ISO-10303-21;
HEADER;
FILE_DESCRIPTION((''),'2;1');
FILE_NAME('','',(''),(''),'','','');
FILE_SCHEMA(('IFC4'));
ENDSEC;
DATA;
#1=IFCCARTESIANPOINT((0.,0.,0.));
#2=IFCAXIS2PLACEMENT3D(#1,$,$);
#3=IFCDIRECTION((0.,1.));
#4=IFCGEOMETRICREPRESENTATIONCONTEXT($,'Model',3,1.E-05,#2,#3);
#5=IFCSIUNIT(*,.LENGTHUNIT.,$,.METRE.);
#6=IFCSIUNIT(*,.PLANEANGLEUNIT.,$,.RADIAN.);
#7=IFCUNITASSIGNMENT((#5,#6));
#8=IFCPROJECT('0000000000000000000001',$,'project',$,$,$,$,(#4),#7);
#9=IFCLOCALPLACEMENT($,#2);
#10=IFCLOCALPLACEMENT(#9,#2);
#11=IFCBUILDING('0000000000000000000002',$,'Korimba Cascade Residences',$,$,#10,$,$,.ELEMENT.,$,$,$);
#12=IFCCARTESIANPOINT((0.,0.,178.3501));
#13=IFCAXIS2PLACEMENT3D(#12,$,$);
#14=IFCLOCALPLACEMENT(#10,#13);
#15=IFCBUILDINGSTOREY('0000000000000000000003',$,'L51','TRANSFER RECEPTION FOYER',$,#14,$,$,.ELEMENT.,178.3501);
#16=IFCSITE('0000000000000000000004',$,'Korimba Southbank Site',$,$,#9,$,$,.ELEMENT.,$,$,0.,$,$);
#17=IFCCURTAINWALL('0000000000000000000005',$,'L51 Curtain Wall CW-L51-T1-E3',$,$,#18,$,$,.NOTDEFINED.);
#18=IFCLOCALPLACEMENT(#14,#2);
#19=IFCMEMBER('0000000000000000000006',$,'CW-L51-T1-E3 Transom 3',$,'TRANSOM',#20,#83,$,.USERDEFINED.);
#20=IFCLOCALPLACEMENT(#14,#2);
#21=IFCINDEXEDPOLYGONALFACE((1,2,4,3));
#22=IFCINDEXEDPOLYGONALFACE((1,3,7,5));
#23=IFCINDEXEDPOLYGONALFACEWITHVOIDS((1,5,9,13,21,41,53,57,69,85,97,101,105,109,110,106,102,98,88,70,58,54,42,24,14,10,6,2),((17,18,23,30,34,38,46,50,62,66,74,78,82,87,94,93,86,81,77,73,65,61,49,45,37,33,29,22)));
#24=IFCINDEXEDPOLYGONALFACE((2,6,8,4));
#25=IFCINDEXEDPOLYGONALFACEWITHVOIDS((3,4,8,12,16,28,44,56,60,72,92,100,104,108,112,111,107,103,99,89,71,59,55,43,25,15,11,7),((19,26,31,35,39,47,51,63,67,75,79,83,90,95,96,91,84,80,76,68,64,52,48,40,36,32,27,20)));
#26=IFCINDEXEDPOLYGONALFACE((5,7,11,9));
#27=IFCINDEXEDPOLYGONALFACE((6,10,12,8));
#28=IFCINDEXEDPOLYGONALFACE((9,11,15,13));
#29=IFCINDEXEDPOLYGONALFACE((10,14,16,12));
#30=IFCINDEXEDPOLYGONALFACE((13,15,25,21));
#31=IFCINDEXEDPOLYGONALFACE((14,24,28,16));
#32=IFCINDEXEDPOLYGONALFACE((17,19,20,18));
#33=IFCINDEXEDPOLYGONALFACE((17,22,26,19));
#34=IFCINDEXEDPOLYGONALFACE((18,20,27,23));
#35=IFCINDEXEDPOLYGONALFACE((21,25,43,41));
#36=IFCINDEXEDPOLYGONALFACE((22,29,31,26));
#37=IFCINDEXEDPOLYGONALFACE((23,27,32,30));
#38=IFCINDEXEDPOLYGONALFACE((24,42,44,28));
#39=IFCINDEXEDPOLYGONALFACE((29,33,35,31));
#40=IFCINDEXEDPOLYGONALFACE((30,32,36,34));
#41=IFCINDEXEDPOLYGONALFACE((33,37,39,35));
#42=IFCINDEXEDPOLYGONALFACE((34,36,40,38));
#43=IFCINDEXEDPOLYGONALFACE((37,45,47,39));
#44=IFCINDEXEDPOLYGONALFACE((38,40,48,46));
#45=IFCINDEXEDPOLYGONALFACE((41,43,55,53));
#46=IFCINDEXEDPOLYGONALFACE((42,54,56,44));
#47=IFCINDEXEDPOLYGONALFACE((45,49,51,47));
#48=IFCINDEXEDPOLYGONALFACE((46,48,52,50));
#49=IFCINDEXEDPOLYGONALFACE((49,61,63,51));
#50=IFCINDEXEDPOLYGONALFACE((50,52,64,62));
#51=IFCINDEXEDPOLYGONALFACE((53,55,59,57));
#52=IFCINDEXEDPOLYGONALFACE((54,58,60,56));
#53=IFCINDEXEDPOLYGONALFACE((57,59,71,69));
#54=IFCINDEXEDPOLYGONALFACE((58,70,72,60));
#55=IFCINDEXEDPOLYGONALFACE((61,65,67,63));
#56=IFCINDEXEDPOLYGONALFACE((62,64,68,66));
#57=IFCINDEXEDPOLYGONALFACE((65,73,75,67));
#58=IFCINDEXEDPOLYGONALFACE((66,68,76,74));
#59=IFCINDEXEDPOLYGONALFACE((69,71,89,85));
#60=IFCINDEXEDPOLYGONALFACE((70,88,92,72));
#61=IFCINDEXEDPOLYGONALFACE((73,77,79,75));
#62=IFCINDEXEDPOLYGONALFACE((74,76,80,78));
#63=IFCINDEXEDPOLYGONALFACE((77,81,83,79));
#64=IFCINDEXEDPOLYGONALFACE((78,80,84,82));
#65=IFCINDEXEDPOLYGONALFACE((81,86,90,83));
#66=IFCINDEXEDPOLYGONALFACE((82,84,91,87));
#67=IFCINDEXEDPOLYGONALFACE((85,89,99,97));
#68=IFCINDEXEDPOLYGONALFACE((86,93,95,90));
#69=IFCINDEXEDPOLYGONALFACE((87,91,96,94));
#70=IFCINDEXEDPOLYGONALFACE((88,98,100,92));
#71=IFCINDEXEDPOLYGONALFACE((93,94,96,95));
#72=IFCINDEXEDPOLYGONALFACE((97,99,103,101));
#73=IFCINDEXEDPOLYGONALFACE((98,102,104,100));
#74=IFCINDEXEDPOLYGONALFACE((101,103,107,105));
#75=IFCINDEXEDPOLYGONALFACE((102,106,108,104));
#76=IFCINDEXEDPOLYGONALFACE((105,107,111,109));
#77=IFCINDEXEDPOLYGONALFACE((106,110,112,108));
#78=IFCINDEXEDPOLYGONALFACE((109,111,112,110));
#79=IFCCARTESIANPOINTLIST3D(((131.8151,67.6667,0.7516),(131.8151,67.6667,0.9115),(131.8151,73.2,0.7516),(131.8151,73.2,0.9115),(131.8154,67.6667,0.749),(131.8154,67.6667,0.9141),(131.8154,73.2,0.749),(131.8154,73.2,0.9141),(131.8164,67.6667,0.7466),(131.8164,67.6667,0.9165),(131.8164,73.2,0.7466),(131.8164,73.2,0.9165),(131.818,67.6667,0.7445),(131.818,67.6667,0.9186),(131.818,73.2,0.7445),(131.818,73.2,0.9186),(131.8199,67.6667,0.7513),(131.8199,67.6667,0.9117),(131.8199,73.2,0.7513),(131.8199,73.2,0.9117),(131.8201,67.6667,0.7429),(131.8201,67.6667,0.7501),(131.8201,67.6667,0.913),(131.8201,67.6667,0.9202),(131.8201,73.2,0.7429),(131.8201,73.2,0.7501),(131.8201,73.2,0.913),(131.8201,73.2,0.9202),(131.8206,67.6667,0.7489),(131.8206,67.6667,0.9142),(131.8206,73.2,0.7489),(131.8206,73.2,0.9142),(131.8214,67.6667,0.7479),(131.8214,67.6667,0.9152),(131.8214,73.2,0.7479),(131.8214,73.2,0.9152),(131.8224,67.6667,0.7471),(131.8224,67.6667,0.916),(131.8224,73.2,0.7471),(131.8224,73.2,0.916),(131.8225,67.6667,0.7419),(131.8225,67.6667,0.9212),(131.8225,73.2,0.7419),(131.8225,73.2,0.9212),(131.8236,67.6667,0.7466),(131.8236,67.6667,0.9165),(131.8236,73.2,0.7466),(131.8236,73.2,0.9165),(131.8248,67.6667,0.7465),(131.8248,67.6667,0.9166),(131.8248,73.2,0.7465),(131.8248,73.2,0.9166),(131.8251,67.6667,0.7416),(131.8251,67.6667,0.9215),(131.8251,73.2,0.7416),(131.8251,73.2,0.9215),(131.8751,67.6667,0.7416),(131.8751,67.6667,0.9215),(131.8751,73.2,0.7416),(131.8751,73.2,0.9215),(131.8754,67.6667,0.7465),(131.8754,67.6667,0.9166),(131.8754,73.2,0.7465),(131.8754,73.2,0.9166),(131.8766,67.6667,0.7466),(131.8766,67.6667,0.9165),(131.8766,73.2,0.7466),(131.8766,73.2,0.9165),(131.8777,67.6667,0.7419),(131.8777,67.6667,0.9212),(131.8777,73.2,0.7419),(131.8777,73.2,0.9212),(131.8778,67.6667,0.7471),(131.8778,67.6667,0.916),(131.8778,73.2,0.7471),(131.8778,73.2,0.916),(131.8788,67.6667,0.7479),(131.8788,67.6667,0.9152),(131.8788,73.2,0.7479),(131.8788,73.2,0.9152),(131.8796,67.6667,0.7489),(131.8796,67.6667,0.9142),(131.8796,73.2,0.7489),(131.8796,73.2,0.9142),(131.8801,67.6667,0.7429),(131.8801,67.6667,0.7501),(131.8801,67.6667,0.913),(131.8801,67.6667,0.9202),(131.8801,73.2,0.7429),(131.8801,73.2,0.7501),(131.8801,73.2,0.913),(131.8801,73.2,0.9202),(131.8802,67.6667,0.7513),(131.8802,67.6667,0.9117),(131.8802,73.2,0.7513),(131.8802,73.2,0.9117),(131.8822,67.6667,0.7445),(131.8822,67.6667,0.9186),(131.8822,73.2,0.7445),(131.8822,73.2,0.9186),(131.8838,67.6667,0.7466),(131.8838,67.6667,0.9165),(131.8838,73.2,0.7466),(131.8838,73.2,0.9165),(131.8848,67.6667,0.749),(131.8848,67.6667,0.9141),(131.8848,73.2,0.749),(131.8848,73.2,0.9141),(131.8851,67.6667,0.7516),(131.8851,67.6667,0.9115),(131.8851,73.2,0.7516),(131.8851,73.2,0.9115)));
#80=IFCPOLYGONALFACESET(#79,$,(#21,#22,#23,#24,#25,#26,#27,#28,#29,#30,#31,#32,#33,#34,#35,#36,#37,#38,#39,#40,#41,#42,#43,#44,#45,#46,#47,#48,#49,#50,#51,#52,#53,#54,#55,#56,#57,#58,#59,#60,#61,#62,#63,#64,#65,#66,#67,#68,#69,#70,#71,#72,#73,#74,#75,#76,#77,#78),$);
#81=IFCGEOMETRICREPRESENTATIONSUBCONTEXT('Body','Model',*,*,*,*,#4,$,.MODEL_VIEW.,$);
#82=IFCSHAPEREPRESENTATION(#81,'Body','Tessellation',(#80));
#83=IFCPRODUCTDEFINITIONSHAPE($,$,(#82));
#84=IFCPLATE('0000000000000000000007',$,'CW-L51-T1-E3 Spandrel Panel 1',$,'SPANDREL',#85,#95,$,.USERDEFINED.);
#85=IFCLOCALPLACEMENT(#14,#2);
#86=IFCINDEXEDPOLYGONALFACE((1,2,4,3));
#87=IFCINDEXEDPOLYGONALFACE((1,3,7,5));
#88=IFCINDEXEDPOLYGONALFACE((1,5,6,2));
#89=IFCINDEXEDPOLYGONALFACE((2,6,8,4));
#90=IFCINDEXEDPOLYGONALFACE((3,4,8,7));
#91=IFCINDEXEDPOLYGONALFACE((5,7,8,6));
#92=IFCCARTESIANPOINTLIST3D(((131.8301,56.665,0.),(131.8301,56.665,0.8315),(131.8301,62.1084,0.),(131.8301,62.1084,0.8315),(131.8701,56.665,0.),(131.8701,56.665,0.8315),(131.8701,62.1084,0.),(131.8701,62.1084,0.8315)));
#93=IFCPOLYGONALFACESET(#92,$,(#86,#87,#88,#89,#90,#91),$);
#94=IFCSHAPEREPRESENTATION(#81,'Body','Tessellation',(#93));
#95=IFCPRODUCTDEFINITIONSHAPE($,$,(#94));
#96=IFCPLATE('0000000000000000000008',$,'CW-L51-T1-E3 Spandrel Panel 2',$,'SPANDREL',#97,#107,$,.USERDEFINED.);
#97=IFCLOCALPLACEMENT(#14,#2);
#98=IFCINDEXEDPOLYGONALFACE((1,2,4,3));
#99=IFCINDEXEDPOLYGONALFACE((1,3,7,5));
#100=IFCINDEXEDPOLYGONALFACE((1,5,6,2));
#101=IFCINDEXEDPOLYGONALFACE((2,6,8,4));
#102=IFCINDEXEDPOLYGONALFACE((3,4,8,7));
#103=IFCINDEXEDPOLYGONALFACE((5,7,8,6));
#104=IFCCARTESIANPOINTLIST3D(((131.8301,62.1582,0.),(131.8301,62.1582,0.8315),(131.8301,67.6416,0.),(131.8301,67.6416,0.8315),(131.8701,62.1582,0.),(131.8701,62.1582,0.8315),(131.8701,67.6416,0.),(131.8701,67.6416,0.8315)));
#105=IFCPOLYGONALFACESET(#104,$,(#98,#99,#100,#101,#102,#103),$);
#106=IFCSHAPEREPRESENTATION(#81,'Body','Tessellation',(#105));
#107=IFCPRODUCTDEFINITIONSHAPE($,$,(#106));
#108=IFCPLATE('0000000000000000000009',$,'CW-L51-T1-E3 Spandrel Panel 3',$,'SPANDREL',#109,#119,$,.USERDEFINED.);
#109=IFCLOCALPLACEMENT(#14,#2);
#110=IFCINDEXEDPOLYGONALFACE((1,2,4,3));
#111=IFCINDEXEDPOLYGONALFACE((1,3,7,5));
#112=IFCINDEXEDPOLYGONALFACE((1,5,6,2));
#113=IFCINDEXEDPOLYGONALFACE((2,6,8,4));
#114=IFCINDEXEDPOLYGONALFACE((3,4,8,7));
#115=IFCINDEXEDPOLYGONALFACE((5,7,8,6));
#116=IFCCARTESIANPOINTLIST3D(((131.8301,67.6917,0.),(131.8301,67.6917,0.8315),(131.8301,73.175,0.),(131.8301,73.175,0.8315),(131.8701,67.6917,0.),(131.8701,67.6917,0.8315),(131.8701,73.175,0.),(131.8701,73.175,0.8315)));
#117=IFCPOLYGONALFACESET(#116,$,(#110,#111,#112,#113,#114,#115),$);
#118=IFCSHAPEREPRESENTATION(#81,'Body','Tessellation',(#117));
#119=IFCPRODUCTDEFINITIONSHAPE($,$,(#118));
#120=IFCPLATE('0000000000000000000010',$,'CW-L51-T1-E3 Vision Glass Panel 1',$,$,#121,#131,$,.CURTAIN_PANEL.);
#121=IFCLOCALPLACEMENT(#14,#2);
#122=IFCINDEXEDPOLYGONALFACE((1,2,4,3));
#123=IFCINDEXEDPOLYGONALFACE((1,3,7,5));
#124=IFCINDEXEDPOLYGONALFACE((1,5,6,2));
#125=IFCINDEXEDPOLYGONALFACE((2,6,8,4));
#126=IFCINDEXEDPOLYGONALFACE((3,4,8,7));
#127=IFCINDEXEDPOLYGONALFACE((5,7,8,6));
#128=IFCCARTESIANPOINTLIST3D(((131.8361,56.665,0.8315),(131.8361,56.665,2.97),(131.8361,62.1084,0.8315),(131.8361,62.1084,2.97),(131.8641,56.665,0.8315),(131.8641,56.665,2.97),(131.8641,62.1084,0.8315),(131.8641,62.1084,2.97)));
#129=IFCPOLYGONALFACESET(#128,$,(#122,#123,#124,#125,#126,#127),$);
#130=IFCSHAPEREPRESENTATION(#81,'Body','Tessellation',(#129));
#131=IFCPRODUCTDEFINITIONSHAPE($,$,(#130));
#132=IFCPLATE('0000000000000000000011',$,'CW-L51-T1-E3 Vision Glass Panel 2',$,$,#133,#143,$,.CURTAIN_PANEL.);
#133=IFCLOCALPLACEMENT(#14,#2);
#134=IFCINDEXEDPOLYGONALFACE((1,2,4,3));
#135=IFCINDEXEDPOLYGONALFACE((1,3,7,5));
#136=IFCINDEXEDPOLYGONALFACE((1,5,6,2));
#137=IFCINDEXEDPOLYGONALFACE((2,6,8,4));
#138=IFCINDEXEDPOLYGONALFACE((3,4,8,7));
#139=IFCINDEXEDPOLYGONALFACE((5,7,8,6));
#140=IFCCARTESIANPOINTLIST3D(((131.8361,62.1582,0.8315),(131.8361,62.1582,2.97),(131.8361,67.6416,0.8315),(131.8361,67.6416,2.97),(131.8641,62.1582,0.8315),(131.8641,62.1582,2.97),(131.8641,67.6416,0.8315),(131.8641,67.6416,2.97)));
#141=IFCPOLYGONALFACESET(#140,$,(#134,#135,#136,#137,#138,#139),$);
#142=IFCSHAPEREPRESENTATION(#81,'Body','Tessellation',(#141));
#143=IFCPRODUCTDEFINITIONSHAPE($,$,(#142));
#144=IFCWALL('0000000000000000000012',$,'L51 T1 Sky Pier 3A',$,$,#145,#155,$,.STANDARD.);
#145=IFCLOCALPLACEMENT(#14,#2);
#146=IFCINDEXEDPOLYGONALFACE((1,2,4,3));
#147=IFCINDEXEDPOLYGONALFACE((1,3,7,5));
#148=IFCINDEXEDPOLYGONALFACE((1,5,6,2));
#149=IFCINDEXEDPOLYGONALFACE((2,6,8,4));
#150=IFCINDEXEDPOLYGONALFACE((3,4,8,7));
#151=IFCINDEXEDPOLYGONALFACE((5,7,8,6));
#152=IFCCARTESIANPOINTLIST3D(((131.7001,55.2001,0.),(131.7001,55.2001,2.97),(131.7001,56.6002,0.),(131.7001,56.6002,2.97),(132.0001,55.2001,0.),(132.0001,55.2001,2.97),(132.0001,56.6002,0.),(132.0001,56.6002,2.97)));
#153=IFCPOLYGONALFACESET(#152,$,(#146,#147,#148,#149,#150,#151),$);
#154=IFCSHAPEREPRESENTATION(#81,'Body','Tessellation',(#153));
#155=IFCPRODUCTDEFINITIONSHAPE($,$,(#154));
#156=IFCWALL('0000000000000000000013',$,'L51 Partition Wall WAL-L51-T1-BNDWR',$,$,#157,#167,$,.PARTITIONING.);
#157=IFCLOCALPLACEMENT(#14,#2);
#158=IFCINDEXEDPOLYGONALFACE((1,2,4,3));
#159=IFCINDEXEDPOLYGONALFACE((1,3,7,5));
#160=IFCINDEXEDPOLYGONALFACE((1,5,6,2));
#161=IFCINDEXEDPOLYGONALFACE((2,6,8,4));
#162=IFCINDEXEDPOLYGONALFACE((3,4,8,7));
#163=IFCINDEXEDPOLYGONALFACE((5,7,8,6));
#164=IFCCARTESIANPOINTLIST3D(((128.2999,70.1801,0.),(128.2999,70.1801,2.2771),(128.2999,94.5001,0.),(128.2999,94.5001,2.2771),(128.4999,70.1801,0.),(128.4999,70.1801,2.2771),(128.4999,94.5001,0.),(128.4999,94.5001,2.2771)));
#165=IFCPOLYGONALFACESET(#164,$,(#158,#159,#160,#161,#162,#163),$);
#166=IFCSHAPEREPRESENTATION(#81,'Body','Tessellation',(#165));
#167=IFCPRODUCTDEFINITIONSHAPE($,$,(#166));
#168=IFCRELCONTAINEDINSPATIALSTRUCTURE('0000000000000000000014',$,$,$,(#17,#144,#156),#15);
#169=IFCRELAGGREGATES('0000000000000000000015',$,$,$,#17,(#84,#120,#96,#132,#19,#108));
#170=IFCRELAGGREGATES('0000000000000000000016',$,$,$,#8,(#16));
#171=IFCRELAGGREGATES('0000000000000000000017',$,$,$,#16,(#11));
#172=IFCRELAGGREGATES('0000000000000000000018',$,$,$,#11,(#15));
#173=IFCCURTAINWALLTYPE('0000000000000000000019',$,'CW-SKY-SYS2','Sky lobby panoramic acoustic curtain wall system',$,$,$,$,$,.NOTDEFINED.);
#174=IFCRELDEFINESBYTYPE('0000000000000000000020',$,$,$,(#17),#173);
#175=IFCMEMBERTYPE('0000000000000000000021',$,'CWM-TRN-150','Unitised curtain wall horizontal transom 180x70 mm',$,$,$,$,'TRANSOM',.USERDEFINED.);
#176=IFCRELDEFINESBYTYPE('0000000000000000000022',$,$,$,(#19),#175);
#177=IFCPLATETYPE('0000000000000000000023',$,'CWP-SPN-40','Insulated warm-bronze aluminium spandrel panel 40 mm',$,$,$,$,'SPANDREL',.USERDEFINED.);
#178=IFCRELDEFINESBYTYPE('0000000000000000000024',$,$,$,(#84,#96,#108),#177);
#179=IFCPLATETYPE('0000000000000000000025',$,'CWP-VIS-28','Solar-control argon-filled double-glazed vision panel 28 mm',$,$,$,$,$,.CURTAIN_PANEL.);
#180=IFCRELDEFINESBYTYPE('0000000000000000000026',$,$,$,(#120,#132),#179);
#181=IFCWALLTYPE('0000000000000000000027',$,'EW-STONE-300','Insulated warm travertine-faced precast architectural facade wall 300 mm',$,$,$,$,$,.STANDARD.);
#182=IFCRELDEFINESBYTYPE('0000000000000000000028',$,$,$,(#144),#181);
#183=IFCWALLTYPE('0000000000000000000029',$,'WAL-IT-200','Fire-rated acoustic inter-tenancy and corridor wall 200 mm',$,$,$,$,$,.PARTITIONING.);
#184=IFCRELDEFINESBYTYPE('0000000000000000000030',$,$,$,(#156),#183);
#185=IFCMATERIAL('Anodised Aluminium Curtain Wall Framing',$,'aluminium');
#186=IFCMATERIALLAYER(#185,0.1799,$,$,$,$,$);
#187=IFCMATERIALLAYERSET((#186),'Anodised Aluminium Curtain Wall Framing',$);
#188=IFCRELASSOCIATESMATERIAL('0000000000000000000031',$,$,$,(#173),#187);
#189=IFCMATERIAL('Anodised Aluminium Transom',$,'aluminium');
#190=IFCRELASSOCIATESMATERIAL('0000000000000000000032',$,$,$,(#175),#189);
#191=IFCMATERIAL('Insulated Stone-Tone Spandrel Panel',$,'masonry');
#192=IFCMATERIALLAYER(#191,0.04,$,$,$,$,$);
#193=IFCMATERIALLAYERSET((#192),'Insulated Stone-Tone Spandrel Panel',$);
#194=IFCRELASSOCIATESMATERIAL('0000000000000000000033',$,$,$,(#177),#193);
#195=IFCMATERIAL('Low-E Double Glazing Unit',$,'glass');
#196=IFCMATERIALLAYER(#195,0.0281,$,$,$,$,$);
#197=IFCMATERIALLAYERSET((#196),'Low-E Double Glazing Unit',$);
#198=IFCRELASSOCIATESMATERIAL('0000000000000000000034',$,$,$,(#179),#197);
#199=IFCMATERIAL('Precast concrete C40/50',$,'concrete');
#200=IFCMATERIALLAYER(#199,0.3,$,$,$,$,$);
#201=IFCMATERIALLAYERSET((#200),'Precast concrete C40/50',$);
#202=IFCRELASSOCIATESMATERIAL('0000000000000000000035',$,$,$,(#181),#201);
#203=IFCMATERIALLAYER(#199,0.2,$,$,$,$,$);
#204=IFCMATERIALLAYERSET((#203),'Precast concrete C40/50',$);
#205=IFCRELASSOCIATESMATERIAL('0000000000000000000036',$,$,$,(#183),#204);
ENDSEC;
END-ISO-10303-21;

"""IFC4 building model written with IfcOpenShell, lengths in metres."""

from ifc_helpers import new_model, si_unit, direction, frame, frame_2d, origin, origin_2d, place, context, subcontext, project, spatial, rectangle, hollow_rectangle, extrude, material, layer, layer_set, material_profile, profile_set, type_object, element, aggregate, save


model = new_model("IFC4")

# Units and contexts
model_context = context("Model", 3, precision=1e-05, world=origin(), true_north=direction((0.0, 1.0)))
body_context = subcontext(model_context, "Body", "Model", "MODEL_VIEW")
ifc_project = project(units=[si_unit("LENGTHUNIT", "METRE"), si_unit("PLANEANGLEUNIT", "RADIAN")], contexts=[model_context])

# Site, building, storey
site_placement = place(None, origin())
site = spatial("IfcSite", under=ifc_project, at=site_placement, Name="Korimba Southbank Site", CompositionType="ELEMENT", RefElevation=0.0)
building_placement = place(site_placement, origin())
building = spatial("IfcBuilding", under=site, at=building_placement, Name="Korimba Cascade Residences", CompositionType="ELEMENT")
storey_placement = place(building_placement, frame((0.0, 0.0, 178.3501)))
storey = spatial("IfcBuildingStorey", under=building, at=storey_placement, Name="L51", Description="TRANSFER RECEPTION FOYER", CompositionType="ELEMENT", Elevation=178.3501)

# Curtain wall, member, plates
ifc_material_1 = material(Name="Anodised Aluminium Curtain Wall Framing", Category="aluminium")
ifc_layer_1 = layer(ifc_material_1, 0.1799)
ifc_layer_set_1 = layer_set([ifc_layer_1], Name="Anodised Aluminium Curtain Wall Framing")
curtain_wall_type = type_object("IfcCurtainWallType", Name="CW-SKY-SYS2", Description="Sky lobby panoramic acoustic curtain wall system", PredefinedType="NOTDEFINED", material=ifc_layer_set_1)
curtain_wall_placement = place(storey_placement, origin())
curtain_wall = element("IfcCurtainWall", 1, at=curtain_wall_placement, inside=storey, type_object=curtain_wall_type, Name="L51 Curtain Wall CW-L51-T1-E3", PredefinedType="NOTDEFINED")
ifc_material_2 = material(Name="Anodised Aluminium Transom", Category="aluminium")
ifc_material_profile_1 = material_profile(ifc_material_2, hollow_rectangle(XDim=0.0701, YDim=0.1799, WallThickness=0.0049, InnerFilletRadius=0.0049, OuterFilletRadius=0.01, at=origin_2d()), Name="Anodised Aluminium Transom")
ifc_profile_set_1 = profile_set([ifc_material_profile_1], Name="Anodised Aluminium Transom")
member_type_1 = type_object("IfcMemberType", Name="CWM-TRN-150", Description="Unitised curtain wall horizontal transom 180x70 mm", ElementType="TRANSOM", PredefinedType="USERDEFINED", material=ifc_profile_set_1)
member_1_placement = place(storey_placement, frame((131.8501, 67.6667, 0.8315), z_axis=(0.0, 1.0, 0.0), x_axis=(-1.0, 0.0, 0.0)))
member_1 = element("IfcMember", 2, at=member_1_placement, type_object=member_type_1, Name="CW-L51-T1-E3 Transom 3", ObjectType="TRANSOM", PredefinedType="USERDEFINED", context=body_context, shape_type="SweptSolid", body=[
    extrude(hollow_rectangle(XDim=0.0701, YDim=0.1799, WallThickness=0.0049, InnerFilletRadius=0.0049, OuterFilletRadius=0.01, at=origin_2d()), origin(), (0.0, 0.0, 1.0), 5.5332),
])
ifc_material_3 = material(Name="Insulated Stone-Tone Spandrel Panel", Category="masonry")
ifc_layer_2 = layer(ifc_material_3, 0.04)
ifc_layer_set_2 = layer_set([ifc_layer_2], Name="Insulated Stone-Tone Spandrel Panel")
plate_type_1 = type_object("IfcPlateType", Name="CWP-SPN-40", Description="Insulated warm-bronze aluminium spandrel panel 40 mm", ElementType="SPANDREL", PredefinedType="USERDEFINED", material=ifc_layer_set_2)
plate_1_placement = place(storey_placement, frame((131.8501, 59.3867, 0.0), z_axis=(0.0, 0.0, 1.0), x_axis=(0.0, 1.0, 0.0)))
plate_1 = element("IfcPlate", 3, at=plate_1_placement, type_object=plate_type_1, Name="CW-L51-T1-E3 Spandrel Panel 1", ObjectType="SPANDREL", PredefinedType="USERDEFINED", context=body_context, shape_type="SweptSolid", body=[
    extrude(rectangle(XDim=5.4434, YDim=0.04, at=origin_2d()), origin(), (0.0, 0.0, 1.0), 0.8315),
])
plate_2_placement = place(storey_placement, frame((131.8501, 64.8999, 0.0), z_axis=(0.0, 0.0, 1.0), x_axis=(0.0, 1.0, 0.0)))
plate_2 = element("IfcPlate", 4, at=plate_2_placement, type_object=plate_type_1, Name="CW-L51-T1-E3 Spandrel Panel 2", ObjectType="SPANDREL", PredefinedType="USERDEFINED", context=body_context, shape_type="SweptSolid", body=[
    extrude(rectangle(XDim=5.4834, YDim=0.04, at=origin_2d()), origin(), (0.0, 0.0, 1.0), 0.8315),
])
plate_3_placement = place(storey_placement, frame((131.8501, 70.4333, 0.0), z_axis=(0.0, 0.0, 1.0), x_axis=(0.0, 1.0, 0.0)))
plate_3 = element("IfcPlate", 5, at=plate_3_placement, type_object=plate_type_1, Name="CW-L51-T1-E3 Spandrel Panel 3", ObjectType="SPANDREL", PredefinedType="USERDEFINED", context=body_context, shape_type="SweptSolid", body=[
    extrude(rectangle(XDim=5.4834, YDim=0.04, at=origin_2d()), origin(), (0.0, 0.0, 1.0), 0.8315),
])
ifc_material_4 = material(Name="Low-E Double Glazing Unit", Category="glass")
ifc_layer_3 = layer(ifc_material_4, 0.0281)
ifc_layer_set_3 = layer_set([ifc_layer_3], Name="Low-E Double Glazing Unit")
plate_type_2 = type_object("IfcPlateType", Name="CWP-VIS-28", Description="Solar-control argon-filled double-glazed vision panel 28 mm", PredefinedType="CURTAIN_PANEL", material=ifc_layer_set_3)
plate_4_placement = place(storey_placement, frame((131.8501, 59.3867, 0.8315), z_axis=(0.0, 0.0, 1.0), x_axis=(0.0, 1.0, 0.0)))
plate_4 = element("IfcPlate", 6, at=plate_4_placement, type_object=plate_type_2, Name="CW-L51-T1-E3 Vision Glass Panel 1", PredefinedType="CURTAIN_PANEL", context=body_context, shape_type="SweptSolid", body=[
    extrude(rectangle(XDim=5.4434, YDim=0.0281, at=origin_2d()), origin(), (0.0, 0.0, 1.0), 2.1384),
])
plate_5_placement = place(storey_placement, frame((131.8501, 64.8999, 0.8315), z_axis=(0.0, 0.0, 1.0), x_axis=(0.0, 1.0, 0.0)))
plate_5 = element("IfcPlate", 7, at=plate_5_placement, type_object=plate_type_2, Name="CW-L51-T1-E3 Vision Glass Panel 2", PredefinedType="CURTAIN_PANEL", context=body_context, shape_type="SweptSolid", body=[
    extrude(rectangle(XDim=5.4834, YDim=0.0281, at=origin_2d()), origin(), (0.0, 0.0, 1.0), 2.1384),
])
aggregate(curtain_wall, [plate_1, plate_4, plate_2, plate_5, member_1, plate_3])

# Walls
ifc_material_5 = material(Name="Precast concrete C40/50", Category="concrete")
ifc_layer_4 = layer(ifc_material_5, 0.3)
ifc_layer_set_4 = layer_set([ifc_layer_4], Name="Precast concrete C40/50")
wall_type_1 = type_object("IfcWallType", Name="EW-STONE-300", Description="Insulated warm travertine-faced precast architectural facade wall 300 mm", PredefinedType="STANDARD", material=ifc_layer_set_4)
wall_1_placement = place(storey_placement, frame((131.8501, 55.2, 0.0), z_axis=(0.0, 0.0, 1.0), x_axis=(0.0, 1.0, 0.0)))
element("IfcWall", 8, at=wall_1_placement, inside=storey, type_object=wall_type_1, Name="L51 T1 Sky Pier 3A", PredefinedType="STANDARD", context=body_context, shape_type="SweptSolid", body=[
    extrude(rectangle(XDim=1.4001, YDim=0.3, at=frame_2d((0.7002, 0.0))), origin(), (0.0, 0.0, 1.0), 2.97),
])
ifc_layer_5 = layer(ifc_material_5, 0.2)
ifc_layer_set_5 = layer_set([ifc_layer_5], Name="Precast concrete C40/50")
wall_type_2 = type_object("IfcWallType", Name="WAL-IT-200", Description="Fire-rated acoustic inter-tenancy and corridor wall 200 mm", PredefinedType="PARTITIONING", material=ifc_layer_set_5)
wall_2_placement = place(storey_placement, frame((128.3999, 70.1799, 0.0), z_axis=(0.0, 0.0, 1.0), x_axis=(0.0, 1.0, 0.0)))
element("IfcWall", 9, at=wall_2_placement, inside=storey, type_object=wall_type_2, Name="L51 Partition Wall WAL-L51-T1-BNDWR", PredefinedType="PARTITIONING", context=body_context, shape_type="SweptSolid", body=[
    extrude(rectangle(XDim=24.3201, YDim=0.2, at=frame_2d((12.1602, 0.0))), origin(), (0.0, 0.0, 1.0), 2.2771),
])

save(model, "model.ifc")
